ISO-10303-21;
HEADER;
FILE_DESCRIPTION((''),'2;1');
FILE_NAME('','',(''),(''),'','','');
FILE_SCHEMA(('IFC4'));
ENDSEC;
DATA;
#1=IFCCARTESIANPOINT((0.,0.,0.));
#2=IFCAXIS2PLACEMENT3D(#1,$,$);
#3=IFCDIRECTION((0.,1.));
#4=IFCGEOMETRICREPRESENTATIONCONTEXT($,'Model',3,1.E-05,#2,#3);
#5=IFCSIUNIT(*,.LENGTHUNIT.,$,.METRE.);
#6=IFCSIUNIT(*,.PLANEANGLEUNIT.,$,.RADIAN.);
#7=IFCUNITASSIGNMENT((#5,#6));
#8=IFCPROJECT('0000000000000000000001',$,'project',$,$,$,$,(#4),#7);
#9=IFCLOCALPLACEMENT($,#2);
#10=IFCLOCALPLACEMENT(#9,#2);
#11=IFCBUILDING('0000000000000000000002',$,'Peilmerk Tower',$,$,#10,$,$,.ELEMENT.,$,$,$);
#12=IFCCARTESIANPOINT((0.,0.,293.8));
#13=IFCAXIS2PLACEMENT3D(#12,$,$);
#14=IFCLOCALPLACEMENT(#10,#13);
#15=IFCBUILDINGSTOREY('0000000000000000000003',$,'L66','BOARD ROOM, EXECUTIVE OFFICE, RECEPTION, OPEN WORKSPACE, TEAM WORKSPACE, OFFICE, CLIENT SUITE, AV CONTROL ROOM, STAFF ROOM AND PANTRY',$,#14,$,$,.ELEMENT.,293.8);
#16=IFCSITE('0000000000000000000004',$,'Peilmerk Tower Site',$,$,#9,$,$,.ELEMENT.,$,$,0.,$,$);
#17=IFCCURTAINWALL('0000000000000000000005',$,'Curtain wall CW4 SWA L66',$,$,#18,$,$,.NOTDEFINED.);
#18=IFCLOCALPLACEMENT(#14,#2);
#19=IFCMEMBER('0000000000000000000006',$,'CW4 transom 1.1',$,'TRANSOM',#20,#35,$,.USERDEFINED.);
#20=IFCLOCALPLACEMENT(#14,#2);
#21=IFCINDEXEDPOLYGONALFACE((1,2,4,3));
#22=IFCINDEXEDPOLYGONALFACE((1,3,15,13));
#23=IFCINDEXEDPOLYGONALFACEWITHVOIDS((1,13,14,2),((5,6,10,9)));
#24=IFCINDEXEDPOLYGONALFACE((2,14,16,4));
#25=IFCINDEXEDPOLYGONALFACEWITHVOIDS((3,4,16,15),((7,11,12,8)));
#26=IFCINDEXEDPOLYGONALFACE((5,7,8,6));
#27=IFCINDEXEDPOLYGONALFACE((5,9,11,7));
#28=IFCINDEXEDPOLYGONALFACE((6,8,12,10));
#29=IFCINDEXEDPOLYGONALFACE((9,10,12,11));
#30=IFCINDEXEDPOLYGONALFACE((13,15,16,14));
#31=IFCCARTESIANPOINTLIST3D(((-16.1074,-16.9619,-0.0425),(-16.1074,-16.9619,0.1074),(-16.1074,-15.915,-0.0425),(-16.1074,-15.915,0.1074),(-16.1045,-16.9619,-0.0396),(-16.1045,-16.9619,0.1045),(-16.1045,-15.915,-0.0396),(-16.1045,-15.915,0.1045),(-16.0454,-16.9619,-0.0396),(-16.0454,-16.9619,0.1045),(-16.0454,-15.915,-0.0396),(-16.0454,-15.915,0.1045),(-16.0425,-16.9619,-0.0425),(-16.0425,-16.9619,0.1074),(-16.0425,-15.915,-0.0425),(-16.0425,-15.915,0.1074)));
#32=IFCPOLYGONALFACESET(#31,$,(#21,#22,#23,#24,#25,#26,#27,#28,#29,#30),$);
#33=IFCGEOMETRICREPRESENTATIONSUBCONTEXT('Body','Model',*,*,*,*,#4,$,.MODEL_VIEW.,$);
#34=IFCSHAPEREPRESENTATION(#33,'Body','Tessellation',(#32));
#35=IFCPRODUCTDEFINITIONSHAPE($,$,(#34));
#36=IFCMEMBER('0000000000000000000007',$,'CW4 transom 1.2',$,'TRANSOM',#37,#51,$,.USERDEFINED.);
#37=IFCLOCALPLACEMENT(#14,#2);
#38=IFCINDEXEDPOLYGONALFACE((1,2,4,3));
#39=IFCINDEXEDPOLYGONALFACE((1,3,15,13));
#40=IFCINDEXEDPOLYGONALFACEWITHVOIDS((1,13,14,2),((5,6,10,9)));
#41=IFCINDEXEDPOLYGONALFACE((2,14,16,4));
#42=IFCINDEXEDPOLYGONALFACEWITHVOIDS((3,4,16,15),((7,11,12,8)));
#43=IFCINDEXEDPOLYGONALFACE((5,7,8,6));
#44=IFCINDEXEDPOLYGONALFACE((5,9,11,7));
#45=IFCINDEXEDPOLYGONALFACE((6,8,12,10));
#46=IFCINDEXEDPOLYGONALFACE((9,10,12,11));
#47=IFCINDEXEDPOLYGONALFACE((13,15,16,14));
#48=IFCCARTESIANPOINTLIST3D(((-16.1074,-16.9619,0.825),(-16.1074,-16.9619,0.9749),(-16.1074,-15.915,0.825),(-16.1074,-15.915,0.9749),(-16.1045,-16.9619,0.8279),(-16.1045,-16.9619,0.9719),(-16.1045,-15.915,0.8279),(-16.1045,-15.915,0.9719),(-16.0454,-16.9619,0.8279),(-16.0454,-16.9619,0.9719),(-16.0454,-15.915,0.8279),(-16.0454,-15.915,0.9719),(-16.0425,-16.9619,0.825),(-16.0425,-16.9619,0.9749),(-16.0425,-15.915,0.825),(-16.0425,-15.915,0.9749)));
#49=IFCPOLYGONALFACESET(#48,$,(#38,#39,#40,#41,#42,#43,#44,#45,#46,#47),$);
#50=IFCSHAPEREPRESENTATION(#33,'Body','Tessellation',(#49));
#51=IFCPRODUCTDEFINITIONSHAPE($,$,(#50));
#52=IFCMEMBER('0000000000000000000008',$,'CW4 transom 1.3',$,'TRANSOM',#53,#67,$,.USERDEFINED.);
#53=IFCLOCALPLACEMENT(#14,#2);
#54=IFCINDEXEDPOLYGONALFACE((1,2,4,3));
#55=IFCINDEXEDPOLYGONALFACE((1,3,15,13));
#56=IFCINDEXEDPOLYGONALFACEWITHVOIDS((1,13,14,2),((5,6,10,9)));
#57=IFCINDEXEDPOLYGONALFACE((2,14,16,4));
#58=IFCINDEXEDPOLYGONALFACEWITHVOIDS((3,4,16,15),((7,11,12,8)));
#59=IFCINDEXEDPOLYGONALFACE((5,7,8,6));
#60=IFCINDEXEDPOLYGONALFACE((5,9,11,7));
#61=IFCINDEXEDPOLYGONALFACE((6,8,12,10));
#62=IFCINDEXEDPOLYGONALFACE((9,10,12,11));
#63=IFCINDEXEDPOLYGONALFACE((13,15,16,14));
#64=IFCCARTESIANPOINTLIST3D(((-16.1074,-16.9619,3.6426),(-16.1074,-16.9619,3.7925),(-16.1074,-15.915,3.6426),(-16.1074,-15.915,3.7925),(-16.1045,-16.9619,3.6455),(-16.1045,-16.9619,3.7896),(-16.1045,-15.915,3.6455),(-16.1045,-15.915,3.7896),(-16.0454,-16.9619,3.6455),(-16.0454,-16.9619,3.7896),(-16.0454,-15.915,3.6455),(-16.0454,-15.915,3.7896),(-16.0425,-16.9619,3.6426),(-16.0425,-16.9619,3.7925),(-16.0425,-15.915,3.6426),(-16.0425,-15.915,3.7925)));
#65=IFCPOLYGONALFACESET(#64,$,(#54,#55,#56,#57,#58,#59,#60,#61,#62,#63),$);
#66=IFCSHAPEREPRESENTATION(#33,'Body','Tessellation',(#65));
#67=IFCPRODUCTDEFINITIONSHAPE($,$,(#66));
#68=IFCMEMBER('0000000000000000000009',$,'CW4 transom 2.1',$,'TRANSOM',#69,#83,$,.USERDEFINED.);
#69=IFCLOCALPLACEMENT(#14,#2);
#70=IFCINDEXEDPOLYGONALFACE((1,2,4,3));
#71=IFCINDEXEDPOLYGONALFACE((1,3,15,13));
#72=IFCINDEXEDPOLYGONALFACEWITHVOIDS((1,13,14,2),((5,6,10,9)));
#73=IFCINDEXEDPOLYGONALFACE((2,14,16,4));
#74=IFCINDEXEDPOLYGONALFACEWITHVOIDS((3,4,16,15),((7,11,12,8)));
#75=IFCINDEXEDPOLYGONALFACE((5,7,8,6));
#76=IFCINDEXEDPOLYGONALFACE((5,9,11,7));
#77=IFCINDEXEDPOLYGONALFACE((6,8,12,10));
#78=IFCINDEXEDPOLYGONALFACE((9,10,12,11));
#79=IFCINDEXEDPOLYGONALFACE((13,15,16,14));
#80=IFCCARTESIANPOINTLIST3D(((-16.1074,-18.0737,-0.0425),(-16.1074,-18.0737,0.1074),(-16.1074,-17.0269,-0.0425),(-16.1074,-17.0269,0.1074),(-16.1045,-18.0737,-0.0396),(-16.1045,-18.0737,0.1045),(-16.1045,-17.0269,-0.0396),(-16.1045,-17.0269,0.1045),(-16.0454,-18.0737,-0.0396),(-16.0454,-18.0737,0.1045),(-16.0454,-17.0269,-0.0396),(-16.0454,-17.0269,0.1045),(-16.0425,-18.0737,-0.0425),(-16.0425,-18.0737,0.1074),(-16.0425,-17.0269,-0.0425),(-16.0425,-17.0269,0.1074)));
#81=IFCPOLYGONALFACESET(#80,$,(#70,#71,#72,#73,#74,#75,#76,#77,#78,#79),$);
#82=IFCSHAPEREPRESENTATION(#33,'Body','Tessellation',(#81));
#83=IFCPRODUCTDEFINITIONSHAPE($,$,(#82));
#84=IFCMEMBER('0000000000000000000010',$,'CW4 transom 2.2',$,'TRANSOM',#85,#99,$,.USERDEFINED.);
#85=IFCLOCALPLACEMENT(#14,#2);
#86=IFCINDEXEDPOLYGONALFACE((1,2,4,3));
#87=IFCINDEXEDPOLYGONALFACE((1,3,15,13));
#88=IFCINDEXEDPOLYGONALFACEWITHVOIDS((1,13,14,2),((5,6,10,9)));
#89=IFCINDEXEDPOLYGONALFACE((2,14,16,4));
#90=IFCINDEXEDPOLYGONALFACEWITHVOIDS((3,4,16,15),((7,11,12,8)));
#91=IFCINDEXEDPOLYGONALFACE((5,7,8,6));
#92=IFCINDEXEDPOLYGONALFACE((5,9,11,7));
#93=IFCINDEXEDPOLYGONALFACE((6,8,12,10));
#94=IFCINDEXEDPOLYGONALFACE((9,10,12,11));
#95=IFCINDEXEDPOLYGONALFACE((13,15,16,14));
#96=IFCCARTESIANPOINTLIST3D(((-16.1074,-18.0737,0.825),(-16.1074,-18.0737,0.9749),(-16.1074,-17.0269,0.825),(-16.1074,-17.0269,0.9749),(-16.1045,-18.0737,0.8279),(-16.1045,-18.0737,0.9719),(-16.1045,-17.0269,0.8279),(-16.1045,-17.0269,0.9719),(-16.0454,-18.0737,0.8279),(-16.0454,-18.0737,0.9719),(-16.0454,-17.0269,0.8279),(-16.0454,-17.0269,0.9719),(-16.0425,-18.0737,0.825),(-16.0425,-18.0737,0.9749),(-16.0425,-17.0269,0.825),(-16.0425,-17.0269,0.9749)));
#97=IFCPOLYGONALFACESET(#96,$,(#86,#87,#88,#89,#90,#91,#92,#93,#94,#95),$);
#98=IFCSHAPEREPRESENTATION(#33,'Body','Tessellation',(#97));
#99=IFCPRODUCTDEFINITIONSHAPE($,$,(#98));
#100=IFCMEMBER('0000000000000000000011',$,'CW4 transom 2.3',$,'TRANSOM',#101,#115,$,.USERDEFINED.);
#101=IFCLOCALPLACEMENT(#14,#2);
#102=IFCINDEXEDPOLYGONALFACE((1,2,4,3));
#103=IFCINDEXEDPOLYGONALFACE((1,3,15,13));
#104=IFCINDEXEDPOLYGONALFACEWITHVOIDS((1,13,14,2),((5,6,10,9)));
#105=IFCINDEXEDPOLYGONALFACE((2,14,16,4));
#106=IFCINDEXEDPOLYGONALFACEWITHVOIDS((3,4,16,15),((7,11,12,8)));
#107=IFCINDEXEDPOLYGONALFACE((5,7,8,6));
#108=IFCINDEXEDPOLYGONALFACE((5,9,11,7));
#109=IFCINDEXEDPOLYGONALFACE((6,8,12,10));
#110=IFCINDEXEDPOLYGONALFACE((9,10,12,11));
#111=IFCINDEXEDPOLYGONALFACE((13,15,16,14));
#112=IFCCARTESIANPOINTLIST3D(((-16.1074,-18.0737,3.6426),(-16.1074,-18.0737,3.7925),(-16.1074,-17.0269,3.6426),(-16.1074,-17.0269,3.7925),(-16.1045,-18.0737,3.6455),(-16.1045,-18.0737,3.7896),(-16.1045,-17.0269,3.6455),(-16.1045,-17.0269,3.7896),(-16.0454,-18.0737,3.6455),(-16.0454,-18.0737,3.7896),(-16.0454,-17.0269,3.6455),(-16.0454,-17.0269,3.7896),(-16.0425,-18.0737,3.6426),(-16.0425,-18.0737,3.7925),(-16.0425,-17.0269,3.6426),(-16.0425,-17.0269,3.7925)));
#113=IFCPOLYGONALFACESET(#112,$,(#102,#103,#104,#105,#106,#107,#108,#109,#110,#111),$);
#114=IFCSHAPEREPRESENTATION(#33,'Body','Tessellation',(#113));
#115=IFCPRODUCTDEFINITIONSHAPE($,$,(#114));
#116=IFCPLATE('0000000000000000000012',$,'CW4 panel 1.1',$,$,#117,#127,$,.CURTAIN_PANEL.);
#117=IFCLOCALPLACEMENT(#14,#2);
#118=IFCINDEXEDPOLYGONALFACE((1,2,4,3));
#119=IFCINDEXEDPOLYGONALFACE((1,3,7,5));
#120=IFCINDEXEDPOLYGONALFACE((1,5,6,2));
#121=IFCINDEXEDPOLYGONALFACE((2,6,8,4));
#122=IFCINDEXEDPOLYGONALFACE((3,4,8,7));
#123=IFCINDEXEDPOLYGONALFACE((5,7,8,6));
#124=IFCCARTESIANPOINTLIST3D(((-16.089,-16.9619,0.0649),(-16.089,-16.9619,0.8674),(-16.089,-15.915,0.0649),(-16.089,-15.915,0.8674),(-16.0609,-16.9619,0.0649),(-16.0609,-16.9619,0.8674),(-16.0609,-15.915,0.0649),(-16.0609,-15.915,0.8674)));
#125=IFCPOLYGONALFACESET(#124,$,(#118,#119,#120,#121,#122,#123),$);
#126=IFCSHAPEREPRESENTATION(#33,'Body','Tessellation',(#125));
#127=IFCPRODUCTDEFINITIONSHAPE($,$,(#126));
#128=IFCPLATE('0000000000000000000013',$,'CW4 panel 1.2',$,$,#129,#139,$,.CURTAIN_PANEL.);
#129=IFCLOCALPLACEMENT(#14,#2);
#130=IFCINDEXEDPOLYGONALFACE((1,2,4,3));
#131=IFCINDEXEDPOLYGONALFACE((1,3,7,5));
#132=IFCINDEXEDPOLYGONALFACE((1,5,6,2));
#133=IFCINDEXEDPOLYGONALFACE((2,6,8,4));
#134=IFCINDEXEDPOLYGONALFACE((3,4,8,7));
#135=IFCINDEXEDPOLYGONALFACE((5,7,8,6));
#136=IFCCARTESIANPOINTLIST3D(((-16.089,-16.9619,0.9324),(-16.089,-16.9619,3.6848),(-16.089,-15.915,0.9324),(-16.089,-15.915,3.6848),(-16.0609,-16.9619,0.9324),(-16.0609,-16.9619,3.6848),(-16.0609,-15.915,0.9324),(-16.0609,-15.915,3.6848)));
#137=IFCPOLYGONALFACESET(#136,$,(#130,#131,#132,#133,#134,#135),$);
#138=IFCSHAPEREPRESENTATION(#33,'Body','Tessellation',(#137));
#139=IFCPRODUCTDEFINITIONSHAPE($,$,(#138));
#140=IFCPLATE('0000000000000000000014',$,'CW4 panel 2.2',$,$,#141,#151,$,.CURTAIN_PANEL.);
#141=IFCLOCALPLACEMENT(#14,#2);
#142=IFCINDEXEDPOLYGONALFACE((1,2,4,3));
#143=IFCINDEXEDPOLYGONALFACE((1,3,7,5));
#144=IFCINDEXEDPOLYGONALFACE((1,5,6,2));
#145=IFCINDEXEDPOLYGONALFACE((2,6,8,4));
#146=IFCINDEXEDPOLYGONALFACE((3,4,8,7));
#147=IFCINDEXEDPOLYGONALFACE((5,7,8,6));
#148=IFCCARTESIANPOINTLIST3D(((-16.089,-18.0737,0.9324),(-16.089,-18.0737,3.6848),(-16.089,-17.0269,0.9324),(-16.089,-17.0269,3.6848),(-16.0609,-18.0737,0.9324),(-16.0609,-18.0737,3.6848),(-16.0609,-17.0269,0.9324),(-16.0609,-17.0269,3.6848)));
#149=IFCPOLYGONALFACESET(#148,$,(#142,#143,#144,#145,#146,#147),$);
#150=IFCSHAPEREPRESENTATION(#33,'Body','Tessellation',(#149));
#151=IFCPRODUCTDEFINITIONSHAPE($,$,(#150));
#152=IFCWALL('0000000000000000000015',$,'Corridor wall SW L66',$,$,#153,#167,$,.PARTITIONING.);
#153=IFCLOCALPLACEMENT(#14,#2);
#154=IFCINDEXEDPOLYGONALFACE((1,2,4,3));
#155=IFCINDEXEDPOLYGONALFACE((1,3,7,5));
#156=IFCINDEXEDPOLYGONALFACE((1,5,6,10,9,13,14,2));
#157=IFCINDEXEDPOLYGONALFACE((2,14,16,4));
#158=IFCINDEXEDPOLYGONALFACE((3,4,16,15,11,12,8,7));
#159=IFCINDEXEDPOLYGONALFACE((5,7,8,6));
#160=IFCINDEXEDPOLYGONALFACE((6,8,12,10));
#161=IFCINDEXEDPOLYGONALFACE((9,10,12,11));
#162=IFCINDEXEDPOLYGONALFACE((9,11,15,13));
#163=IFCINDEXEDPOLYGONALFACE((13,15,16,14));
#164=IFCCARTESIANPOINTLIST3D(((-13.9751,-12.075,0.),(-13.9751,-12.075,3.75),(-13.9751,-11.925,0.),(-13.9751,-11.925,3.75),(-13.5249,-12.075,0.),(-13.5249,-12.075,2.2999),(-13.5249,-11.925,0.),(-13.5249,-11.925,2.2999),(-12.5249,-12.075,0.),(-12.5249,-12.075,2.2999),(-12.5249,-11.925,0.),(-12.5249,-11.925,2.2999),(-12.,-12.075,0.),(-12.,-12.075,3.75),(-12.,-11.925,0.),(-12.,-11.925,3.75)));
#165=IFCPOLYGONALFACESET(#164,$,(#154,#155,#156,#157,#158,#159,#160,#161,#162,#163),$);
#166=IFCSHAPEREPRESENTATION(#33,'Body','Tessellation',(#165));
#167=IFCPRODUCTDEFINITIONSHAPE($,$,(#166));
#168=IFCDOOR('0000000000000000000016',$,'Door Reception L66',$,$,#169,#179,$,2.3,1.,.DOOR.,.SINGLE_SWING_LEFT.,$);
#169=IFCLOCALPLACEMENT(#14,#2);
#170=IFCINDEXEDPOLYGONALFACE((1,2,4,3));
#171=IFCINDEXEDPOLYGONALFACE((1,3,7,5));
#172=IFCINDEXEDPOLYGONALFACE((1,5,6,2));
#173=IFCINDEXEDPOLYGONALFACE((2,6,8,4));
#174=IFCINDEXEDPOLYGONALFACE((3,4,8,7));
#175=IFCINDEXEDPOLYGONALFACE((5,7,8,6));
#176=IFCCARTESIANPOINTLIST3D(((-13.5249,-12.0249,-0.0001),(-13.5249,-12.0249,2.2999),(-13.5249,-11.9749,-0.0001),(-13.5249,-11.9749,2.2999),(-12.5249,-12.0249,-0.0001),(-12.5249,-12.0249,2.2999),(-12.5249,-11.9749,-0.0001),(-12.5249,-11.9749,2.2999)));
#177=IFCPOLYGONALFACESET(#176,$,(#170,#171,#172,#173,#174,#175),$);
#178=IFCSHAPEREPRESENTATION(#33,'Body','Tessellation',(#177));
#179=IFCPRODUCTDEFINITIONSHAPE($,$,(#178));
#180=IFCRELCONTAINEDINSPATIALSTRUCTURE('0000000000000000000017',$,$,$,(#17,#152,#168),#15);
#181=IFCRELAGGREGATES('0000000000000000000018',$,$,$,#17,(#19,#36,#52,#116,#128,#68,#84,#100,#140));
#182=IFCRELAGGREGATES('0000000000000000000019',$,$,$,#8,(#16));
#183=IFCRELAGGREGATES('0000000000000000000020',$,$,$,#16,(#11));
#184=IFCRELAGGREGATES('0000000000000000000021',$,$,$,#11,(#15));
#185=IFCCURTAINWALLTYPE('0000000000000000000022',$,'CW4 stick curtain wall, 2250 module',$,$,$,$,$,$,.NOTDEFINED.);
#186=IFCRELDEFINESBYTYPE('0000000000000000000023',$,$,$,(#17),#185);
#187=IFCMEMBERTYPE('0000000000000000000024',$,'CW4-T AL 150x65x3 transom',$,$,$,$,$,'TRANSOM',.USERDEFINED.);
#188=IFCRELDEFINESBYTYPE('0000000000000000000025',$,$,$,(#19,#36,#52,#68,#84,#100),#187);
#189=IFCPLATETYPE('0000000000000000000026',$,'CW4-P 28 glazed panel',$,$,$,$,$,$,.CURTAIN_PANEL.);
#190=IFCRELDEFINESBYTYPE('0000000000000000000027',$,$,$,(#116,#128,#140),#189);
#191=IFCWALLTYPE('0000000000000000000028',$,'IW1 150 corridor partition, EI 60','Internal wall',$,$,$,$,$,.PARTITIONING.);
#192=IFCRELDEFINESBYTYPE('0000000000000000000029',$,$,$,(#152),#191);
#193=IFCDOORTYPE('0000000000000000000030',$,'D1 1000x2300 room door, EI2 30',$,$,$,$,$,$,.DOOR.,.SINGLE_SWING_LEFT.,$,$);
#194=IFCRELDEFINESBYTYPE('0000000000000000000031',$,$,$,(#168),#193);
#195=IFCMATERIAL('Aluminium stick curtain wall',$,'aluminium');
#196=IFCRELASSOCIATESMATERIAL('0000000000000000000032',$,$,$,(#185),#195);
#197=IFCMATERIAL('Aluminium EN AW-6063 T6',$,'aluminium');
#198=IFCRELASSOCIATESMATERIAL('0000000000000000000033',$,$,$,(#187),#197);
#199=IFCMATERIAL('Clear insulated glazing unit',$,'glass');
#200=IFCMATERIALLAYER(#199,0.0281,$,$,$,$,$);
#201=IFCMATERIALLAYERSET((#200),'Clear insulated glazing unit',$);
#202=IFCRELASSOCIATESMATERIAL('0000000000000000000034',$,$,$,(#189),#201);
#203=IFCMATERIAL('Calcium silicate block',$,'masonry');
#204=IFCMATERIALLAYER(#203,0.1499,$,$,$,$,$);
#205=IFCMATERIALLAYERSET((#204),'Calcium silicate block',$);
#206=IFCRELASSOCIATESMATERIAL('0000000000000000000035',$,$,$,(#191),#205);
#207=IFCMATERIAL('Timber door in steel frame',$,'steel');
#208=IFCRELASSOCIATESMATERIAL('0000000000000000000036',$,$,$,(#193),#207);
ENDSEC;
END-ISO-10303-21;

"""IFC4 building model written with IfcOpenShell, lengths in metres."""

from ifc_helpers import new_model, si_unit, direction, frame, frame_2d, origin, origin_2d, place, context, subcontext, project, spatial, rectangle, hollow_rectangle, extrude, material, layer, layer_set, material_profile, profile_set, type_object, element, fill, aggregate, save


model = new_model("IFC4")

# Units and contexts
model_context = context("Model", 3, precision=1e-05, world=origin(), true_north=direction((0.0, 1.0)))
body_context = subcontext(model_context, "Body", "Model", "MODEL_VIEW")
ifc_project = project(units=[si_unit("LENGTHUNIT", "METRE"), si_unit("PLANEANGLEUNIT", "RADIAN")], contexts=[model_context])

# Site, building, storey
site_placement = place(None, origin())
site = spatial("IfcSite", under=ifc_project, at=site_placement, Name="Peilmerk Tower Site", CompositionType="ELEMENT", RefElevation=0.0)
building_placement = place(site_placement, origin())
building = spatial("IfcBuilding", under=site, at=building_placement, Name="Peilmerk Tower", CompositionType="ELEMENT")
storey_placement = place(building_placement, frame((0.0, 0.0, 293.8)))
storey = spatial("IfcBuildingStorey", under=building, at=storey_placement, Name="L66", Description="BOARD ROOM, EXECUTIVE OFFICE, RECEPTION, OPEN WORKSPACE, TEAM WORKSPACE, OFFICE, CLIENT SUITE, AV CONTROL ROOM, STAFF ROOM AND PANTRY", CompositionType="ELEMENT", Elevation=293.8)

# Curtain wall, members, plates
ifc_material_1 = material(Name="Aluminium stick curtain wall", Category="aluminium")
curtain_wall_type = type_object("IfcCurtainWallType", Name="CW4 stick curtain wall, 2250 module", PredefinedType="NOTDEFINED", material=ifc_material_1)
curtain_wall_placement = place(storey_placement, origin())
curtain_wall = element("IfcCurtainWall", 1, at=curtain_wall_placement, inside=storey, type_object=curtain_wall_type, Name="Curtain wall CW4 SWA L66", PredefinedType="NOTDEFINED")
ifc_material_2 = material(Name="Aluminium EN AW-6063 T6", Category="aluminium")
ifc_material_profile_1 = material_profile(ifc_material_2, hollow_rectangle(XDim=0.0649, YDim=0.1499, WallThickness=0.0029, at=origin_2d()), Name="AL 150x65x3")
ifc_profile_set_1 = profile_set([ifc_material_profile_1], Name="Aluminium EN AW-6063 T6")
member_type_1 = type_object("IfcMemberType", Name="CW4-T AL 150x65x3 transom", ElementType="TRANSOM", PredefinedType="USERDEFINED", material=ifc_profile_set_1)
member_1_placement = place(storey_placement, frame((-16.075, -15.915, 0.0325), z_axis=(0.0, -1.0, 0.0), x_axis=(1.0, 0.0, 0.0)))
member_1 = element("IfcMember", 2, at=member_1_placement, type_object=member_type_1, Name="CW4 transom 1.1", ObjectType="TRANSOM", PredefinedType="USERDEFINED", context=body_context, shape_type="SweptSolid", body=[
    extrude(hollow_rectangle(XDim=0.0649, YDim=0.1499, WallThickness=0.0029, at=origin_2d()), origin(), (0.0, 0.0, 1.0), 1.0469),
])
member_2_placement = place(storey_placement, frame((-16.075, -15.915, 0.8999), z_axis=(0.0, -1.0, 0.0), x_axis=(1.0, 0.0, 0.0)))
member_2 = element("IfcMember", 3, at=member_2_placement, type_object=member_type_1, Name="CW4 transom 1.2", ObjectType="TRANSOM", PredefinedType="USERDEFINED", context=body_context, shape_type="SweptSolid", body=[
    extrude(hollow_rectangle(XDim=0.0649, YDim=0.1499, WallThickness=0.0029, at=origin_2d()), origin(), (0.0, 0.0, 1.0), 1.0469),
])
member_3_placement = place(storey_placement, frame((-16.075, -15.915, 3.7175), z_axis=(0.0, -1.0, 0.0), x_axis=(1.0, 0.0, 0.0)))
member_3 = element("IfcMember", 4, at=member_3_placement, type_object=member_type_1, Name="CW4 transom 1.3", ObjectType="TRANSOM", PredefinedType="USERDEFINED", context=body_context, shape_type="SweptSolid", body=[
    extrude(hollow_rectangle(XDim=0.0649, YDim=0.1499, WallThickness=0.0029, at=origin_2d()), origin(), (0.0, 0.0, 1.0), 1.0469),
])
member_4_placement = place(storey_placement, frame((-16.075, -17.0269, 0.0325), z_axis=(0.0, -1.0, 0.0), x_axis=(1.0, 0.0, 0.0)))
member_4 = element("IfcMember", 5, at=member_4_placement, type_object=member_type_1, Name="CW4 transom 2.1", ObjectType="TRANSOM", PredefinedType="USERDEFINED", context=body_context, shape_type="SweptSolid", body=[
    extrude(hollow_rectangle(XDim=0.0649, YDim=0.1499, WallThickness=0.0029, at=origin_2d()), origin(), (0.0, 0.0, 1.0), 1.0469),
])
member_5_placement = place(storey_placement, frame((-16.075, -17.0269, 0.8999), z_axis=(0.0, -1.0, 0.0), x_axis=(1.0, 0.0, 0.0)))
member_5 = element("IfcMember", 6, at=member_5_placement, type_object=member_type_1, Name="CW4 transom 2.2", ObjectType="TRANSOM", PredefinedType="USERDEFINED", context=body_context, shape_type="SweptSolid", body=[
    extrude(hollow_rectangle(XDim=0.0649, YDim=0.1499, WallThickness=0.0029, at=origin_2d()), origin(), (0.0, 0.0, 1.0), 1.0469),
])
member_6_placement = place(storey_placement, frame((-16.075, -17.0269, 3.7175), z_axis=(0.0, -1.0, 0.0), x_axis=(1.0, 0.0, 0.0)))
member_6 = element("IfcMember", 7, at=member_6_placement, type_object=member_type_1, Name="CW4 transom 2.3", ObjectType="TRANSOM", PredefinedType="USERDEFINED", context=body_context, shape_type="SweptSolid", body=[
    extrude(hollow_rectangle(XDim=0.0649, YDim=0.1499, WallThickness=0.0029, at=origin_2d()), origin(), (0.0, 0.0, 1.0), 1.0469),
])
ifc_material_3 = material(Name="Clear insulated glazing unit", Category="glass")
ifc_layer_1 = layer(ifc_material_3, 0.0281)
ifc_layer_set_1 = layer_set([ifc_layer_1], Name="Clear insulated glazing unit")
plate_type = type_object("IfcPlateType", Name="CW4-P 28 glazed panel", PredefinedType="CURTAIN_PANEL", material=ifc_layer_set_1)
plate_1_placement = place(storey_placement, frame((-16.075, -16.4385, 0.0649), z_axis=(0.0, 0.0, 1.0), x_axis=(0.0, -1.0, 0.0)))
plate_1 = element("IfcPlate", 8, at=plate_1_placement, type_object=plate_type, Name="CW4 panel 1.1", PredefinedType="CURTAIN_PANEL", context=body_context, shape_type="SweptSolid", body=[
    extrude(rectangle(XDim=1.0469, YDim=0.0281, at=origin_2d()), origin(), (0.0, 0.0, 1.0), 0.8025),
])
plate_2_placement = place(storey_placement, frame((-16.075, -16.4385, 0.9324), z_axis=(0.0, 0.0, 1.0), x_axis=(0.0, -1.0, 0.0)))
plate_2 = element("IfcPlate", 9, at=plate_2_placement, type_object=plate_type, Name="CW4 panel 1.2", PredefinedType="CURTAIN_PANEL", context=body_context, shape_type="SweptSolid", body=[
    extrude(rectangle(XDim=1.0469, YDim=0.0281, at=origin_2d()), origin(), (0.0, 0.0, 1.0), 2.7524),
])
plate_3_placement = place(storey_placement, frame((-16.075, -17.5503, 0.9324), z_axis=(0.0, 0.0, 1.0), x_axis=(0.0, -1.0, 0.0)))
plate_3 = element("IfcPlate", 10, at=plate_3_placement, type_object=plate_type, Name="CW4 panel 2.2", PredefinedType="CURTAIN_PANEL", context=body_context, shape_type="SweptSolid", body=[
    extrude(rectangle(XDim=1.0469, YDim=0.0281, at=origin_2d()), origin(), (0.0, 0.0, 1.0), 2.7524),
])
aggregate(curtain_wall, [member_1, member_2, member_3, plate_1, plate_2, member_4, member_5, member_6, plate_3])

# Wall, opening, door
ifc_material_4 = material(Name="Calcium silicate block", Category="masonry")
ifc_layer_2 = layer(ifc_material_4, 0.1499)
ifc_layer_set_2 = layer_set([ifc_layer_2], Name="Calcium silicate block")
wall_type_1 = type_object("IfcWallType", Name="IW1 150 corridor partition, EI 60", Description="Internal wall", PredefinedType="PARTITIONING", material=ifc_layer_set_2)
wall_1_placement = place(storey_placement, frame((-12.0, -12.0, 0.0), z_axis=(0.0, 0.0, 1.0), x_axis=(-1.0, 0.0, 0.0)))
wall_1 = element("IfcWall", 11, at=wall_1_placement, inside=storey, type_object=wall_type_1, Name="Corridor wall SW L66", PredefinedType="PARTITIONING", context=body_context, shape_type="SweptSolid", body=[
    extrude(rectangle(XDim=1.9751, YDim=0.1499, at=frame_2d((0.9875, 0.0))), origin(), (0.0, 0.0, 1.0), 3.75),
])
opening_placement = place(wall_1_placement, frame((0.5249, 0.0, 0.0)))
opening = element("IfcOpeningElement", 12, at=opening_placement, cuts=wall_1, PredefinedType="OPENING", context=body_context, shape_type="SweptSolid", body=[
    extrude(rectangle(XDim=1.0, YDim=2.3, at=frame_2d((0.5, 1.1499))), frame((0.0, 0.085, 0.0), z_axis=(0.0, -1.0, 0.0), x_axis=(1.0, 0.0, 0.0)), (0.0, 0.0, 1.0), 0.1699),
])
ifc_material_5 = material(Name="Timber door in steel frame", Category="steel")
door_type = type_object("IfcDoorType", Name="D1 1000x2300 room door, EI2 30", OperationType="SINGLE_SWING_LEFT", PredefinedType="DOOR", material=ifc_material_5)
door_placement = place(opening_placement, origin())
door = element("IfcDoor", 13, at=door_placement, inside=storey, type_object=door_type, Name="Door Reception L66", OperationType="SINGLE_SWING_LEFT", OverallHeight=2.3, OverallWidth=1.0, PredefinedType="DOOR", context=body_context, shape_type="SweptSolid", body=[
    extrude(rectangle(XDim=1.0, YDim=2.3, at=frame_2d((0.5, 1.1499))), frame((0.0, 0.0249, 0.0), z_axis=(0.0, -1.0, 0.0), x_axis=(1.0, 0.0, 0.0)), (0.0, 0.0, 1.0), 0.05),
])
fill(opening, door)

save(model, "model.ifc")
